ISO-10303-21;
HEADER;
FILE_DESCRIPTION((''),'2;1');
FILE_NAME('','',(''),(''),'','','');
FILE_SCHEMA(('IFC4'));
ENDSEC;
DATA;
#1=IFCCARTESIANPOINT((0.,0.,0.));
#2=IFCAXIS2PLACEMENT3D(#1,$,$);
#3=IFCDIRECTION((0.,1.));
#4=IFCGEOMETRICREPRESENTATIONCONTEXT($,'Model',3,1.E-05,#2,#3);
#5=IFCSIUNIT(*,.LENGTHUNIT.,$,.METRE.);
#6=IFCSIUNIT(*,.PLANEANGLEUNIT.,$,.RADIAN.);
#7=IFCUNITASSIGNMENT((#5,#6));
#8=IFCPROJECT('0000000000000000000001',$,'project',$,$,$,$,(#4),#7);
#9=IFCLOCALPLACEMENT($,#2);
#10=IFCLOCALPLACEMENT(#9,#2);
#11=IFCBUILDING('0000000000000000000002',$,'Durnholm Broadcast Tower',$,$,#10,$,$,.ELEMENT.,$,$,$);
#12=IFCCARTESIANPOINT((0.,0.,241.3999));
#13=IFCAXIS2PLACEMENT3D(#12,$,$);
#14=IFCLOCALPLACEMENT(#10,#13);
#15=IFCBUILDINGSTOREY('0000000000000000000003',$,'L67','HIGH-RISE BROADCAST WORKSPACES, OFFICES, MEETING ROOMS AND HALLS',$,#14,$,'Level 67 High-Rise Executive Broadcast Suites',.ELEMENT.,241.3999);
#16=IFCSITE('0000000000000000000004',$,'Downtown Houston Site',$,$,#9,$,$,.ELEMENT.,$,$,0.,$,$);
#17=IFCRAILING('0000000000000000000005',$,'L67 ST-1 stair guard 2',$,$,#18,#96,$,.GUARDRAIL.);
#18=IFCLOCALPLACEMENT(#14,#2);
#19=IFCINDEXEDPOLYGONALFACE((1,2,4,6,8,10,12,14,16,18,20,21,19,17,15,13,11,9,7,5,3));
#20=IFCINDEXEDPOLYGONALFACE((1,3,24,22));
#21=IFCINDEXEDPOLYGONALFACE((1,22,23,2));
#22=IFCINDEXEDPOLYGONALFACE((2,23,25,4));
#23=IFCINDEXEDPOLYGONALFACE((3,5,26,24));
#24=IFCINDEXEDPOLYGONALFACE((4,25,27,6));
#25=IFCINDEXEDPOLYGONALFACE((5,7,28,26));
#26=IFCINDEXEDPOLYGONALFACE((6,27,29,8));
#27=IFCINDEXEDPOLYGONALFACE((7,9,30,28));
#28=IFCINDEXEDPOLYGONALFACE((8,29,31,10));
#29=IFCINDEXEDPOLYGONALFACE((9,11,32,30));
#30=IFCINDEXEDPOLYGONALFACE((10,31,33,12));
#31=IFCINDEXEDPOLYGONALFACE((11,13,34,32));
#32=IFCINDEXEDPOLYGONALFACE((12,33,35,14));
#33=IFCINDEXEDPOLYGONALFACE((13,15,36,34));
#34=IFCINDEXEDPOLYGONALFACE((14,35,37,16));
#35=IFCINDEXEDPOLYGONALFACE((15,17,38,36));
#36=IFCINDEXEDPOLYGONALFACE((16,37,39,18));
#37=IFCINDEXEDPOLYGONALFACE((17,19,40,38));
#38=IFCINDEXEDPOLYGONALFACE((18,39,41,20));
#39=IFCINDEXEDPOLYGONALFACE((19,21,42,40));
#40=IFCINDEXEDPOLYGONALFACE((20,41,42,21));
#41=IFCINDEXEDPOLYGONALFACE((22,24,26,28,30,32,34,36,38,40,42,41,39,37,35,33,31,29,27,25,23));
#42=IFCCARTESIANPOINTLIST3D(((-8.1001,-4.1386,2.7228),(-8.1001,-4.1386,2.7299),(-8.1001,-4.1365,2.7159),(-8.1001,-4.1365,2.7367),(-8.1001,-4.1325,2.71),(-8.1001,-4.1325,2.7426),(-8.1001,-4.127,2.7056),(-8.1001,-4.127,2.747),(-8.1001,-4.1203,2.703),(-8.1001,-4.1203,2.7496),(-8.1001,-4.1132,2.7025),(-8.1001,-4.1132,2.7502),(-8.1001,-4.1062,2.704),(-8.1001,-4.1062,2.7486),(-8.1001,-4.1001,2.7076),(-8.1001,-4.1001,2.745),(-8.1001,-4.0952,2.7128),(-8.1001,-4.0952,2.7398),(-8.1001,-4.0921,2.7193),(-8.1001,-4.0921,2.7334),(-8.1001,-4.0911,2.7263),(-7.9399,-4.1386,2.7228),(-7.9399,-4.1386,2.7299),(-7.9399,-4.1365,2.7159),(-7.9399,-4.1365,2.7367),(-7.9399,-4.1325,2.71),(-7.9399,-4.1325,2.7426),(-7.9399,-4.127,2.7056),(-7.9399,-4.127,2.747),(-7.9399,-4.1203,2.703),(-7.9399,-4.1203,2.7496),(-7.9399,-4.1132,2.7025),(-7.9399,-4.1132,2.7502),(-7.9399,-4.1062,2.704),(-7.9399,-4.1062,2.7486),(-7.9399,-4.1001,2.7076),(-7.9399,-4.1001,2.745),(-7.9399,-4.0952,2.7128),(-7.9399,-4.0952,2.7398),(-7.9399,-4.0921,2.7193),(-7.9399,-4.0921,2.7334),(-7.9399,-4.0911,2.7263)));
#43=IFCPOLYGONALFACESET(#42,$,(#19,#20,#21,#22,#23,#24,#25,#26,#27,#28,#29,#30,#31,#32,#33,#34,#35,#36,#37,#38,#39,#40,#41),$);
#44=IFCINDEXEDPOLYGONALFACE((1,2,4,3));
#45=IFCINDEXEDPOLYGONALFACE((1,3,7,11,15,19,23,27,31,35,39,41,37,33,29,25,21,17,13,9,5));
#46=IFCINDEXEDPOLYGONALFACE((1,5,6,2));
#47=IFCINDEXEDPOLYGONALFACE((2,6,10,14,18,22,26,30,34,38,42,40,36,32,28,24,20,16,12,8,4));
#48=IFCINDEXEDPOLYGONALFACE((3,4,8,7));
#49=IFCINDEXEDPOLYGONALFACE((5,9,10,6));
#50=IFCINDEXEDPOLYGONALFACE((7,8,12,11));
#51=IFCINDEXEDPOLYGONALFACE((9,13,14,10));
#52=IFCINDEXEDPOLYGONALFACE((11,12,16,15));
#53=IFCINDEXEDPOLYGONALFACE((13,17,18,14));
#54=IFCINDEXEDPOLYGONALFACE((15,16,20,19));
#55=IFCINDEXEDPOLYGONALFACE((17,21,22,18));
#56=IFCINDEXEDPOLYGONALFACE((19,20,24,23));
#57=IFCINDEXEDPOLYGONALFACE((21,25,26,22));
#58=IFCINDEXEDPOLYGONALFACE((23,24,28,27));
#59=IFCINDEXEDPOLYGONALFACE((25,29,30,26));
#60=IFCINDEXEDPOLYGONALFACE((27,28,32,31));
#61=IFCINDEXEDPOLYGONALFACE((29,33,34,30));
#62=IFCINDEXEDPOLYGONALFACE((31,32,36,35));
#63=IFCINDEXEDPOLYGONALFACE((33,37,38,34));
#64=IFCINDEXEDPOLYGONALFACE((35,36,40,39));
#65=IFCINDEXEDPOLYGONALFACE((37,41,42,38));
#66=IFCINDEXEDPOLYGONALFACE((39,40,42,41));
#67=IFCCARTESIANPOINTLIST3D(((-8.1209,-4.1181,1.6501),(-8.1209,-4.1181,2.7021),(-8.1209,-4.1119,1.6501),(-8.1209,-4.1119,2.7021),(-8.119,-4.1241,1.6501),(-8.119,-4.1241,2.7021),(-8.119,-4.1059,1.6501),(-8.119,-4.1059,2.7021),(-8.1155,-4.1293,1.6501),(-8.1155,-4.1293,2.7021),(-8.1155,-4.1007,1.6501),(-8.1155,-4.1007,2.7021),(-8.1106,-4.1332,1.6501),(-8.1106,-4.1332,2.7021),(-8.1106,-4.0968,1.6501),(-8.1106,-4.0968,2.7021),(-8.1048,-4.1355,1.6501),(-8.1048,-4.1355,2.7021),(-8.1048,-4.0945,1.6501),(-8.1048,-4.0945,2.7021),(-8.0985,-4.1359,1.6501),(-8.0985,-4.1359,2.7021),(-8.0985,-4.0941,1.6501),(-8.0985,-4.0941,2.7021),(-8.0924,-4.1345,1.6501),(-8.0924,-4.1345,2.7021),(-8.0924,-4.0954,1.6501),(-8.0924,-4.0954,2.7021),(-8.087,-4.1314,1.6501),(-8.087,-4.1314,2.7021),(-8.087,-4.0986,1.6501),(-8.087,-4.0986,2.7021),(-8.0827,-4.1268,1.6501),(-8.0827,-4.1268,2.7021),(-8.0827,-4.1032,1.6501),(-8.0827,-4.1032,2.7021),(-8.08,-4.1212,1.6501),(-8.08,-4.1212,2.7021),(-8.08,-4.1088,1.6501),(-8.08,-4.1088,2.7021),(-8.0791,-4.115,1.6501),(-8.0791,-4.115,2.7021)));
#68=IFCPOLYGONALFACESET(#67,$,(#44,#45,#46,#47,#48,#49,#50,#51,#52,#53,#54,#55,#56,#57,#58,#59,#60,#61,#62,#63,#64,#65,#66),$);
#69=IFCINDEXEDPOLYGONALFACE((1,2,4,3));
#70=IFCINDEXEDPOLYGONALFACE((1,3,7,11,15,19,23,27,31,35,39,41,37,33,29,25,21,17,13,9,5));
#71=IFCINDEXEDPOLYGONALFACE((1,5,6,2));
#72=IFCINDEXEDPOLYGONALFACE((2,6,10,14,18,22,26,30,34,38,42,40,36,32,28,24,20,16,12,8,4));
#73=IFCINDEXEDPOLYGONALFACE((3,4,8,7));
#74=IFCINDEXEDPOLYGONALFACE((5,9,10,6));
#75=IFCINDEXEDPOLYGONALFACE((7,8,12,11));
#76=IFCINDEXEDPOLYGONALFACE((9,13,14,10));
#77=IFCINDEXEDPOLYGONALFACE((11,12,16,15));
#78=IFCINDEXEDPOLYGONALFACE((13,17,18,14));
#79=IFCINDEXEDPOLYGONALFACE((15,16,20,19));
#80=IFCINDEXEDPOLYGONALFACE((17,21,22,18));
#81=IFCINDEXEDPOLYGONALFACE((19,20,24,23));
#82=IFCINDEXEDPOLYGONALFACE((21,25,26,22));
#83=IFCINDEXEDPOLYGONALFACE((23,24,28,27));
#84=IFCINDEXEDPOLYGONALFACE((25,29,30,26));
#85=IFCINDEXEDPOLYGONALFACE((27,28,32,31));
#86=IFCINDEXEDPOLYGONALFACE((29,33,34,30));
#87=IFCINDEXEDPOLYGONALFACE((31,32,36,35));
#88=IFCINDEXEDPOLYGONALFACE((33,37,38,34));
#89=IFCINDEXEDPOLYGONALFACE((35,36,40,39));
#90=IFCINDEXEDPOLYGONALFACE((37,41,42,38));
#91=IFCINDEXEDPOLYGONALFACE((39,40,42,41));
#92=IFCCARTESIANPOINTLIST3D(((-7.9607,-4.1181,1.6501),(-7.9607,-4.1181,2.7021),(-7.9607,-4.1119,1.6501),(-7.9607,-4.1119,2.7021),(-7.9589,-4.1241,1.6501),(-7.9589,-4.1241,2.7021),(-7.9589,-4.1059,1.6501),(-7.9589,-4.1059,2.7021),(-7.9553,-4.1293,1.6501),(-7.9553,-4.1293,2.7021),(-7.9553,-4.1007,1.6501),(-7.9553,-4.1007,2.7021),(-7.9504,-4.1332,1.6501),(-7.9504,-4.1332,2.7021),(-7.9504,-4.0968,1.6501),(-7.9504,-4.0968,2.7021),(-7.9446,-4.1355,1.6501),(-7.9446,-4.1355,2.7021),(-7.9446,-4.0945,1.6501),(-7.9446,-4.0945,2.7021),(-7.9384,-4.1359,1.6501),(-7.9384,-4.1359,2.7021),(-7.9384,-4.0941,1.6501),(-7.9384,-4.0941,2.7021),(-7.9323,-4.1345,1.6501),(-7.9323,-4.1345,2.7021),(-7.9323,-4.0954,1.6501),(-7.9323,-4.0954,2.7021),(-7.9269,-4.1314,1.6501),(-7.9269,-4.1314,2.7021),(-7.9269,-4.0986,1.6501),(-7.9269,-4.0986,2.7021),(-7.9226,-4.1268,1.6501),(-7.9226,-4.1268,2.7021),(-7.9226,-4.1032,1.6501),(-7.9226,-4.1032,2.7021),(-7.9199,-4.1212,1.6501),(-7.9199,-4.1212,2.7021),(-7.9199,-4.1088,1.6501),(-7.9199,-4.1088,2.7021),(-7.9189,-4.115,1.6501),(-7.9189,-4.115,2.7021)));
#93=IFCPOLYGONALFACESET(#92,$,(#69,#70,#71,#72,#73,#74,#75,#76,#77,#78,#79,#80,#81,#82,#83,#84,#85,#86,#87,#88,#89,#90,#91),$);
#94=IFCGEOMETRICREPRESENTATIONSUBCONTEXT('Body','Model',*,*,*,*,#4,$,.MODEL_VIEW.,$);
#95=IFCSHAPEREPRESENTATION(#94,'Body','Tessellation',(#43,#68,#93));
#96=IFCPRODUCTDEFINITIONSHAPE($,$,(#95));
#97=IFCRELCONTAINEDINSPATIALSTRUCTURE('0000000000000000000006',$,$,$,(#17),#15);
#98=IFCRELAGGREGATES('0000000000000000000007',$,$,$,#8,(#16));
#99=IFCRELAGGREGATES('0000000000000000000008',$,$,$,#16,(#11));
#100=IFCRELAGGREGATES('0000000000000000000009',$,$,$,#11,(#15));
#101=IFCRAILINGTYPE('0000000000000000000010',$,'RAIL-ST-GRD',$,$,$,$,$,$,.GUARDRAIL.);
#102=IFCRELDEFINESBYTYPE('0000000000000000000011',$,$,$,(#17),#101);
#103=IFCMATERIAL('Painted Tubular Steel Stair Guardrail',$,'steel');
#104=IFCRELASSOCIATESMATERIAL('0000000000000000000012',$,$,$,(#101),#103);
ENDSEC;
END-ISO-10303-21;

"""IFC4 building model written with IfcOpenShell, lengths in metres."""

from ifc_helpers import new_model, si_unit, direction, frame, origin, origin_2d, place, context, subcontext, project, spatial, circle, extrude, material, type_object, element, save


model = new_model("IFC4")

# Units and contexts
model_context = context("Model", 3, precision=1e-05, world=origin(), true_north=direction((0.0, 1.0)))
body_context = subcontext(model_context, "Body", "Model", "MODEL_VIEW")
ifc_project = project(units=[si_unit("LENGTHUNIT", "METRE"), si_unit("PLANEANGLEUNIT", "RADIAN")], contexts=[model_context])

# Site, building, storey
site_placement = place(None, origin())
site = spatial("IfcSite", under=ifc_project, at=site_placement, Name="Downtown Houston Site", CompositionType="ELEMENT", RefElevation=0.0)
building_placement = place(site_placement, origin())
building = spatial("IfcBuilding", under=site, at=building_placement, Name="Durnholm Broadcast Tower", CompositionType="ELEMENT")
storey_placement = place(building_placement, frame((0.0, 0.0, 241.3999)))
storey = spatial("IfcBuildingStorey", under=building, at=storey_placement, Name="L67", Description="HIGH-RISE BROADCAST WORKSPACES, OFFICES, MEETING ROOMS AND HALLS", LongName="Level 67 High-Rise Executive Broadcast Suites", CompositionType="ELEMENT", Elevation=241.3999)

# Railing
ifc_material_1 = material(Name="Painted Tubular Steel Stair Guardrail", Category="steel")
railing_type_1 = type_object("IfcRailingType", Name="RAIL-ST-GRD", PredefinedType="GUARDRAIL", material=ifc_material_1)
railing_1_placement = place(storey_placement, frame((-8.1001, -4.115, 1.6501)))
element("IfcRailing", 1, at=railing_1_placement, inside=storey, type_object=railing_type_1, Name="L67 ST-1 stair guard 2", PredefinedType="GUARDRAIL", context=body_context, shape_type="SweptSolid", body=[
    extrude(circle(Radius=0.0239, at=origin_2d()), frame((0.0, 0.0, 1.0762), z_axis=(1.0, 0.0, 0.0), x_axis=(0.0, 1.0, 0.0)), (0.0, 0.0, 1.0), 0.1602),
    extrude(circle(Radius=0.021, at=origin_2d()), origin(), (0.0, 0.0, 1.0), 1.052),
    extrude(circle(Radius=0.021, at=origin_2d()), frame((0.1602, 0.0, 0.0)), (0.0, 0.0, 1.0), 1.052),
])

save(model, "model.ifc")
